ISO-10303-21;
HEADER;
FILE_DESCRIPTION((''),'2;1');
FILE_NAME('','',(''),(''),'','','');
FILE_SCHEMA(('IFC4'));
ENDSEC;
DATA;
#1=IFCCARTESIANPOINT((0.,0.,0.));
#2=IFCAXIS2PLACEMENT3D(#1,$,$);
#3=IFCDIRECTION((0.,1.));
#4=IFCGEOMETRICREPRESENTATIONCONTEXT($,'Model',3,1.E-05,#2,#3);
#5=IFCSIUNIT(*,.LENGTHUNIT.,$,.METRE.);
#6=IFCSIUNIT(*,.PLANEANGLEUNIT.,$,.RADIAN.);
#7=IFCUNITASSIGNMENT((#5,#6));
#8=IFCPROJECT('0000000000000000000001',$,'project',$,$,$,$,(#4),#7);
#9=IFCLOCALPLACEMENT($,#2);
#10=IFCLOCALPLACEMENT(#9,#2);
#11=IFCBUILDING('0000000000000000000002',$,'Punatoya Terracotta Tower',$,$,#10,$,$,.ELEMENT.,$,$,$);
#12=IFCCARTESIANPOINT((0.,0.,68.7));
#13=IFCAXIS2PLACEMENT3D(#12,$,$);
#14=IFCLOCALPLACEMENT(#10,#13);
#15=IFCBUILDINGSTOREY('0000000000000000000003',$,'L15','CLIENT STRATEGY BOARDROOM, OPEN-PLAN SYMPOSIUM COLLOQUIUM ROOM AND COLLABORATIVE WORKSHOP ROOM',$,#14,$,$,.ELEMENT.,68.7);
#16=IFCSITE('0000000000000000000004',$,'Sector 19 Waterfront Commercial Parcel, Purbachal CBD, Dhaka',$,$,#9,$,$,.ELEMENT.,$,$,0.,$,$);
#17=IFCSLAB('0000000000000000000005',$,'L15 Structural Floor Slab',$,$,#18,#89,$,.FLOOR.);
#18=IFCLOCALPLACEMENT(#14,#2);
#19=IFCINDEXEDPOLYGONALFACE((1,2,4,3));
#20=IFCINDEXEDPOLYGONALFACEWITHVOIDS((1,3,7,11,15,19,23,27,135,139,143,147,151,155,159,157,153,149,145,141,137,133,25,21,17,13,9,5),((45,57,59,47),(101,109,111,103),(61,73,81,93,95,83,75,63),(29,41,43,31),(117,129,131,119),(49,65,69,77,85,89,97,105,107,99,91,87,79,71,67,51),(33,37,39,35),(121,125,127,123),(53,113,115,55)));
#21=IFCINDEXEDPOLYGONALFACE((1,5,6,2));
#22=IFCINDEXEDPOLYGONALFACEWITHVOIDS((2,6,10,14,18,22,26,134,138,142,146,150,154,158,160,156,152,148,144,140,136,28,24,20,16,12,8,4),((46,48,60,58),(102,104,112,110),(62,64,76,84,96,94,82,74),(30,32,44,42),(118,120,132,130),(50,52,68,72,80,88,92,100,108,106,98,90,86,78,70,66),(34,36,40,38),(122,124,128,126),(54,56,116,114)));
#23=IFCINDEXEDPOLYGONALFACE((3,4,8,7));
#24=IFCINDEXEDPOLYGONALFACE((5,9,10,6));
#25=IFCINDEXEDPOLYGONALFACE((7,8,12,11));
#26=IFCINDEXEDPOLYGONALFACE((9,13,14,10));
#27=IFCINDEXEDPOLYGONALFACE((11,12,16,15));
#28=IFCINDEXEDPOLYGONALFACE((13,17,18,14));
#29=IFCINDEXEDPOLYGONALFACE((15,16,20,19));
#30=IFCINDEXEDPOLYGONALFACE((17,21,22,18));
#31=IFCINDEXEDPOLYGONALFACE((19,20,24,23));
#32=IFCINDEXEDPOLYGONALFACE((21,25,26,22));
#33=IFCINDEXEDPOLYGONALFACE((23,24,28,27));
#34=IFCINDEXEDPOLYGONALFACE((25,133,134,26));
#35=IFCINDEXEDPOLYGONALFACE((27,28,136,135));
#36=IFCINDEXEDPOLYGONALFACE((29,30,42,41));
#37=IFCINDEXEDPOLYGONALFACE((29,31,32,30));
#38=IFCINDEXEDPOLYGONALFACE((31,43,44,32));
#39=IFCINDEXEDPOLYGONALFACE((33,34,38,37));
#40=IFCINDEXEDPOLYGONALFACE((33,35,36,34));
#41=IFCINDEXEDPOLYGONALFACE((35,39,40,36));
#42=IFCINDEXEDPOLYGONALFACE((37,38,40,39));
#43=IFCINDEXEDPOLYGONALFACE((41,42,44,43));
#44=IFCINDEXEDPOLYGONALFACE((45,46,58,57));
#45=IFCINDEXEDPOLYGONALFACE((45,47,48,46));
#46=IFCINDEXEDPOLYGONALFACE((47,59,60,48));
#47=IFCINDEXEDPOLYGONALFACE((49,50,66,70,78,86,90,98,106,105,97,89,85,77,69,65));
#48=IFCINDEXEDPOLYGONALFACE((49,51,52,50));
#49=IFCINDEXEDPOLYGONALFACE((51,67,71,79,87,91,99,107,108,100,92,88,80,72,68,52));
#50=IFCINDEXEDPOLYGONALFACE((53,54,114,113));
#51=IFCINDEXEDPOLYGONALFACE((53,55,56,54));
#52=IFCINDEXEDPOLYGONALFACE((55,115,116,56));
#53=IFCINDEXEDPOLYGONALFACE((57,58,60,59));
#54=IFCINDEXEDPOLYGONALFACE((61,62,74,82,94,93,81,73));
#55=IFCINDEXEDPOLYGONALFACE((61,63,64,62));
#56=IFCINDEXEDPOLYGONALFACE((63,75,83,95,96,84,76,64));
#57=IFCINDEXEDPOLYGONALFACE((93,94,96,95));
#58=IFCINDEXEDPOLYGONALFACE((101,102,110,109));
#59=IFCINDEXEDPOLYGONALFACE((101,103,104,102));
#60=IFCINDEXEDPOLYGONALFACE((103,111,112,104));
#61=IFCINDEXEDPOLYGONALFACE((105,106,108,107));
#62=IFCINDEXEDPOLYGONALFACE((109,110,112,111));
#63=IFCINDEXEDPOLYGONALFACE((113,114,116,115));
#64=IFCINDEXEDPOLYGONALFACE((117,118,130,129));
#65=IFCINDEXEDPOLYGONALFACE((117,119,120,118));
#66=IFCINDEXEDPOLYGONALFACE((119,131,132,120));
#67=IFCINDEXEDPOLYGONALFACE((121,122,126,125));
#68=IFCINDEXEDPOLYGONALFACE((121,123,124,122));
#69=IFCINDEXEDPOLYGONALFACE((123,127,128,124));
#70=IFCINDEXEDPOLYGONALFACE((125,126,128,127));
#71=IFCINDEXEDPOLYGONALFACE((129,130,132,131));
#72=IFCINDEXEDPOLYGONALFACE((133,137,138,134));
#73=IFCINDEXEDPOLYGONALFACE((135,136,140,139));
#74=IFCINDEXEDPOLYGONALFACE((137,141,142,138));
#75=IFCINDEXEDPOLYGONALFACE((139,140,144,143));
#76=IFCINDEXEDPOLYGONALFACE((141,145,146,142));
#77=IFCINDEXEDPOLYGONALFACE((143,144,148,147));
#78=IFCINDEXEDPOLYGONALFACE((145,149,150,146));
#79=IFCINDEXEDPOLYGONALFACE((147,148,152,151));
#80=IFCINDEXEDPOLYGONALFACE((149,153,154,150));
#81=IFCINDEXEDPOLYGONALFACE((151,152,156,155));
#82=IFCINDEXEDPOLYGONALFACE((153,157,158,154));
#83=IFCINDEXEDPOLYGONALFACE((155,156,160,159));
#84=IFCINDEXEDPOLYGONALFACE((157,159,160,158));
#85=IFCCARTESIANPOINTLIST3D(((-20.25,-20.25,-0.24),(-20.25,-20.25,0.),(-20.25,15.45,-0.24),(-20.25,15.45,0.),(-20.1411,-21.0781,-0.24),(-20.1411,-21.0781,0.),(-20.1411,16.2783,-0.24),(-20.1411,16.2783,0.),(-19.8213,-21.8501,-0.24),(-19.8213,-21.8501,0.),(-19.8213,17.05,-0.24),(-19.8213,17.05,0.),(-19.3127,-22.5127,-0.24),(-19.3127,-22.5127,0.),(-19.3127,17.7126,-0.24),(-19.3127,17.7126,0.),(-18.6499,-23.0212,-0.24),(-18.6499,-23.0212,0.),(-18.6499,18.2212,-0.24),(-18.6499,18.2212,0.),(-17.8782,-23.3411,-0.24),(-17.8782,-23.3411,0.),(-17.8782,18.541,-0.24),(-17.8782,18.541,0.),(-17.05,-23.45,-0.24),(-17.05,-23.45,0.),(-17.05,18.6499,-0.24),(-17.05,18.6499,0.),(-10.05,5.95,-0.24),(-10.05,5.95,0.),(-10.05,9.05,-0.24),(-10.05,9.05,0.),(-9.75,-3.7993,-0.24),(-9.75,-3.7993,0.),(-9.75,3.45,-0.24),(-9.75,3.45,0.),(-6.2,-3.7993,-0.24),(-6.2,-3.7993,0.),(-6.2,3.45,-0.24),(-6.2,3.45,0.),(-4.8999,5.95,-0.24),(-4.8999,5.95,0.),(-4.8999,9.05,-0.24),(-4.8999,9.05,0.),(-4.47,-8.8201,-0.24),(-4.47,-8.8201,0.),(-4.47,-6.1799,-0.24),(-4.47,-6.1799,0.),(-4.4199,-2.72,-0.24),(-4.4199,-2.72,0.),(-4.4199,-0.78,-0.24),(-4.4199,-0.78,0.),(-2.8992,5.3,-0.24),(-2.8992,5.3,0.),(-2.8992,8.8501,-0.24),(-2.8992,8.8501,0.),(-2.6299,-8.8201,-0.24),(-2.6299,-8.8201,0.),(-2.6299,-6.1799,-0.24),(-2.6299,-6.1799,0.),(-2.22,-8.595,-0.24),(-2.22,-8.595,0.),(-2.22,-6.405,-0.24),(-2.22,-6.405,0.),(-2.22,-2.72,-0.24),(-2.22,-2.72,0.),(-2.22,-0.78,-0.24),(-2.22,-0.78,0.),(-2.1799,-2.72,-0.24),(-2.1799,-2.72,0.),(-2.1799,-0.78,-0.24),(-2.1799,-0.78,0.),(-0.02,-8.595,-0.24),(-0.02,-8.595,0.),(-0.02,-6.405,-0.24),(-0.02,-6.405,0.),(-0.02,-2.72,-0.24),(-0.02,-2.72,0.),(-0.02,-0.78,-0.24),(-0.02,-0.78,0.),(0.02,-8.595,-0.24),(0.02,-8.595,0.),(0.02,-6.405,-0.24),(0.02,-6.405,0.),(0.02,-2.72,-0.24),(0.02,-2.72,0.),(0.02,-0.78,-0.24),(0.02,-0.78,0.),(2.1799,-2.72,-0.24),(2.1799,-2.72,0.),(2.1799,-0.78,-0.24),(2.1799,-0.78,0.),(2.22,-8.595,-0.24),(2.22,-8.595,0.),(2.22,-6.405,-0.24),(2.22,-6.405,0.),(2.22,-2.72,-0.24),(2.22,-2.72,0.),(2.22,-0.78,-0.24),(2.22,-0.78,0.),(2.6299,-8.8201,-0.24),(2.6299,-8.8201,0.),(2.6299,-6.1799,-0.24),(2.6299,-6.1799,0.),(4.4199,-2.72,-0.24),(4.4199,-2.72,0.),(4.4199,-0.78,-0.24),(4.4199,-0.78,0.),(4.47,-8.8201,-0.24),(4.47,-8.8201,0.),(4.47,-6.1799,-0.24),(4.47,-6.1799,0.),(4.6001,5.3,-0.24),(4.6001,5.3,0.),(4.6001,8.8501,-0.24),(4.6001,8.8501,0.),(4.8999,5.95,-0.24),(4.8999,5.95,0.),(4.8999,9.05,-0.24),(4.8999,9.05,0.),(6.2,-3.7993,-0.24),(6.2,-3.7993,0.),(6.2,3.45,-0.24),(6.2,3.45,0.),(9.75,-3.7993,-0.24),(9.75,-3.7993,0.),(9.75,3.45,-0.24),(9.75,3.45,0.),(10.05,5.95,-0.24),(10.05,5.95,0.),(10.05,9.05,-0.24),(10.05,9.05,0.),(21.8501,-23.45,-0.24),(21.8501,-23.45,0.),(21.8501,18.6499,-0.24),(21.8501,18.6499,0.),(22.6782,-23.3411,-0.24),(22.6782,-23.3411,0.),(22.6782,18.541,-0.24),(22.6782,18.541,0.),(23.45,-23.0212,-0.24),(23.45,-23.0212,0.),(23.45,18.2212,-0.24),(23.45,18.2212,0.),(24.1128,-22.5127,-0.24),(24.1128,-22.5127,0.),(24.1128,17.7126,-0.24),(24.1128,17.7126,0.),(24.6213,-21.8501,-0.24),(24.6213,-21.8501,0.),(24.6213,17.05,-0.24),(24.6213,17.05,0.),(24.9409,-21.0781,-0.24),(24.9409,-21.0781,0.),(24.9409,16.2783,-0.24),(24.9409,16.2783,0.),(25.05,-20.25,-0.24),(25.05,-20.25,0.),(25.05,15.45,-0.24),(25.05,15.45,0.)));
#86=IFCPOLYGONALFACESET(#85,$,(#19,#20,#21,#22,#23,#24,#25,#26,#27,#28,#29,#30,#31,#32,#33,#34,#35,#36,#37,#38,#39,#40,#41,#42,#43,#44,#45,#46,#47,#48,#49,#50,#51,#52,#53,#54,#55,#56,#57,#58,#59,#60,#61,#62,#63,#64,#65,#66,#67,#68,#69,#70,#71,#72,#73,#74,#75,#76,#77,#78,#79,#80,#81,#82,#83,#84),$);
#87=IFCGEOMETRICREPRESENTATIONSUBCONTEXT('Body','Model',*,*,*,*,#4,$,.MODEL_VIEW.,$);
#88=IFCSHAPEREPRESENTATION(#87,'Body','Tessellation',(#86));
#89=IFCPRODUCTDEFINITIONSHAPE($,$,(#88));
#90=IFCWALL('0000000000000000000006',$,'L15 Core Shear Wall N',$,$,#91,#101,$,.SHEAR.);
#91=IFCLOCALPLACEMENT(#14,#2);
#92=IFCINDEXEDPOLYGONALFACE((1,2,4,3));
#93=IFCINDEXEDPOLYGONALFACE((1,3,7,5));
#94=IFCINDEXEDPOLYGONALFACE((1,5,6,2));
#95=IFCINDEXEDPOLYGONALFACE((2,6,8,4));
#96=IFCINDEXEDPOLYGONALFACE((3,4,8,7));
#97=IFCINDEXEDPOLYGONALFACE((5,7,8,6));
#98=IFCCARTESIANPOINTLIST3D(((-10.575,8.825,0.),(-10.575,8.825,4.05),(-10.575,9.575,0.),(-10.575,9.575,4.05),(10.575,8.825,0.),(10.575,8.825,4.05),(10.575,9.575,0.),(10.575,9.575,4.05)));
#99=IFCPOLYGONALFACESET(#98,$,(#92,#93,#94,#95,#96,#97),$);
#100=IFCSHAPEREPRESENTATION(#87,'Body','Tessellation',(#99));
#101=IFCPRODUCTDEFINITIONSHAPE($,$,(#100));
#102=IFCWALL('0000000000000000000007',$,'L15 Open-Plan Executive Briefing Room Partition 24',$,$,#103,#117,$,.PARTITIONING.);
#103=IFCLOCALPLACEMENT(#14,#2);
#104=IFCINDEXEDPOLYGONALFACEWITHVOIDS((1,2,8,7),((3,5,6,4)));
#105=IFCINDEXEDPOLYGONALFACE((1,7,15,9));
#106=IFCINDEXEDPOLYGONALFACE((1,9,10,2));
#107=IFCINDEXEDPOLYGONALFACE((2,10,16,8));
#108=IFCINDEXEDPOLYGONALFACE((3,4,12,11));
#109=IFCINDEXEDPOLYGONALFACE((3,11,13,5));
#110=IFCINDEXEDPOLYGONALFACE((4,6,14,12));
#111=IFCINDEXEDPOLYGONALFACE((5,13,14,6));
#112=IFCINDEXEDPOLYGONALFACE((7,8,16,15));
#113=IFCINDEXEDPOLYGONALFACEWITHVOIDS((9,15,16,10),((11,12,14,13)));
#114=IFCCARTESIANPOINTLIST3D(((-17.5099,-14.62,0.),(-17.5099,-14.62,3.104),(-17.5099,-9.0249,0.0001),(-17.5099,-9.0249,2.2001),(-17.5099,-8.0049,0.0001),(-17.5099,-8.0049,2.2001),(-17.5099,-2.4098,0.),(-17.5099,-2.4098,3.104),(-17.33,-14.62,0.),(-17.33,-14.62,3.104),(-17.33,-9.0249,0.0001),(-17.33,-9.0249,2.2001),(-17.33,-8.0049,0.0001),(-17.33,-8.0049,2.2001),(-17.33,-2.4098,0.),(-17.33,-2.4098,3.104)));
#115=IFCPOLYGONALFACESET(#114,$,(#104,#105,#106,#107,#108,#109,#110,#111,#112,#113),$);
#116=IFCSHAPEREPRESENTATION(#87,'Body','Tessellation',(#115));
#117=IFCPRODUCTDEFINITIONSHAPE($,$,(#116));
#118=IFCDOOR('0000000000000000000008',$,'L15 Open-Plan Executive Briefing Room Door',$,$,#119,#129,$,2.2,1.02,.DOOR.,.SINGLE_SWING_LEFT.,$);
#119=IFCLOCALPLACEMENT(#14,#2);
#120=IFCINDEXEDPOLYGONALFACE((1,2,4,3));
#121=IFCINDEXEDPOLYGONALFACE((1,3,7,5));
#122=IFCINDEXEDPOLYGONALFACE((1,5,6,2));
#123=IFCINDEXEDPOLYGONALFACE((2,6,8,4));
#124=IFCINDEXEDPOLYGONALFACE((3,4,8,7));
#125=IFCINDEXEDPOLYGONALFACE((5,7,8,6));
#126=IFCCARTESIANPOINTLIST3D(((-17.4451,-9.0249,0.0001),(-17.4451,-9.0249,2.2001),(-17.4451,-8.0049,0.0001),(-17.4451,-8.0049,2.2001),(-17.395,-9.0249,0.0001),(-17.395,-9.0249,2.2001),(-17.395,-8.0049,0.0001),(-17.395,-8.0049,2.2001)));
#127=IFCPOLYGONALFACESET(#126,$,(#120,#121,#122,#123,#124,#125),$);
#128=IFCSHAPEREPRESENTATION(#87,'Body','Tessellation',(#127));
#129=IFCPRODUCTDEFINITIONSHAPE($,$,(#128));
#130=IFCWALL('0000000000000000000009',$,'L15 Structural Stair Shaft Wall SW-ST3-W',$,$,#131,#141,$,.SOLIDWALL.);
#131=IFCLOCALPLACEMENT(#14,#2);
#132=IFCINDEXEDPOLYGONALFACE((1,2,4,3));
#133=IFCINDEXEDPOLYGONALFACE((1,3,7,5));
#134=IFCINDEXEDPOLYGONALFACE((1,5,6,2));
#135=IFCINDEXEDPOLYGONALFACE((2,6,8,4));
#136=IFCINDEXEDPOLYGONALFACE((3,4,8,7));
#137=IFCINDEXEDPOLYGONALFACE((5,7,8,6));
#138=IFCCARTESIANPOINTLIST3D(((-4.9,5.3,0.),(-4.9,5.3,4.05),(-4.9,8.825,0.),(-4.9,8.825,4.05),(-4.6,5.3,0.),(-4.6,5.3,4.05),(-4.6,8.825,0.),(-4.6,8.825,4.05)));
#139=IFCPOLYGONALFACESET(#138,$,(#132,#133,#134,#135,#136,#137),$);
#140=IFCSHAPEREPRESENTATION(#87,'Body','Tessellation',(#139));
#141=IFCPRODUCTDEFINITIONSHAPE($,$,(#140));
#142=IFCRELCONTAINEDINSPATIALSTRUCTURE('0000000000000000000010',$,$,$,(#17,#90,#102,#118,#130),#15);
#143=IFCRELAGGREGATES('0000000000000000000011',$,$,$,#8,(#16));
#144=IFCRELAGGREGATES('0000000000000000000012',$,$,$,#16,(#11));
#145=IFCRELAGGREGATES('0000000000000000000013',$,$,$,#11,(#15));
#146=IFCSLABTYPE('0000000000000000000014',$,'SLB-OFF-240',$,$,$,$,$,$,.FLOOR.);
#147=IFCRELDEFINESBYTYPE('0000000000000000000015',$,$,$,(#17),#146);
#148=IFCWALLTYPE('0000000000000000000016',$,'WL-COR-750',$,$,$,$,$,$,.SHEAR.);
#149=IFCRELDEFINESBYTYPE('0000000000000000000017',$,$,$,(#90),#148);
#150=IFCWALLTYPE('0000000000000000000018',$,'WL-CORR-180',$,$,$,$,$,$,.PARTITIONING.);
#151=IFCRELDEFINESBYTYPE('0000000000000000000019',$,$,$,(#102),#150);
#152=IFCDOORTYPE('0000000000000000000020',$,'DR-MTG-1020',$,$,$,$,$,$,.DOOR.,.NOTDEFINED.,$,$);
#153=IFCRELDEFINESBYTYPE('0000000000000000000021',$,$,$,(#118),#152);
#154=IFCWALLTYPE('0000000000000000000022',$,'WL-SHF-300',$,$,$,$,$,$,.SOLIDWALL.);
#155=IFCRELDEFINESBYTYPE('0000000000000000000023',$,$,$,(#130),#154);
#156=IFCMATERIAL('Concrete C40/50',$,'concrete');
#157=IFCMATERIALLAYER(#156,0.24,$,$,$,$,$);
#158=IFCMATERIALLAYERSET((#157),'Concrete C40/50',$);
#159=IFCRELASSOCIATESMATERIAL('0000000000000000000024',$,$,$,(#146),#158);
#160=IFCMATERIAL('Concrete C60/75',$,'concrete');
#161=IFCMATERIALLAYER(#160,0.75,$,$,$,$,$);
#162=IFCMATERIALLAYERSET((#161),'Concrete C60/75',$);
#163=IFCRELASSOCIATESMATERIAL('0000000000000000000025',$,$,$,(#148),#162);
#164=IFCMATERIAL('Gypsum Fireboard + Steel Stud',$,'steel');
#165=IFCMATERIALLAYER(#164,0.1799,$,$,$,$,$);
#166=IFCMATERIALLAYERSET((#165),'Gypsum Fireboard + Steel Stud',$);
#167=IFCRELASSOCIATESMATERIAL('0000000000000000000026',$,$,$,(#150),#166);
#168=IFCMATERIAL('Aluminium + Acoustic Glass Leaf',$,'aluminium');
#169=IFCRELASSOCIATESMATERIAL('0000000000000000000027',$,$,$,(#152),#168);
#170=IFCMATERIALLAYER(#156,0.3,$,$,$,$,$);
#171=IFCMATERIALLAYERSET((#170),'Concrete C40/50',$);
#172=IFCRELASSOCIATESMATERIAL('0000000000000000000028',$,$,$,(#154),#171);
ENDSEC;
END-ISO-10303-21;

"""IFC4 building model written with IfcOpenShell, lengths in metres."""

from ifc_helpers import new_model, si_unit, direction, frame, frame_2d, origin, place, context, subcontext, project, spatial, polyline, rectangle, outline, extrude, material, layer, layer_set, type_object, element, fill, save


model = new_model("IFC4")

# Units and contexts
model_context = context("Model", 3, precision=1e-05, world=origin(), true_north=direction((0.0, 1.0)))
body_context = subcontext(model_context, "Body", "Model", "MODEL_VIEW")
ifc_project = project(units=[si_unit("LENGTHUNIT", "METRE"), si_unit("PLANEANGLEUNIT", "RADIAN")], contexts=[model_context])

# Site, building, storey
site_placement = place(None, origin())
site = spatial("IfcSite", under=ifc_project, at=site_placement, Name="Sector 19 Waterfront Commercial Parcel, Purbachal CBD, Dhaka", CompositionType="ELEMENT", RefElevation=0.0)
building_placement = place(site_placement, origin())
building = spatial("IfcBuilding", under=site, at=building_placement, Name="Punatoya Terracotta Tower", CompositionType="ELEMENT")
storey_placement = place(building_placement, frame((0.0, 0.0, 68.7)))
storey = spatial("IfcBuildingStorey", under=building, at=storey_placement, Name="L15", Description="CLIENT STRATEGY BOARDROOM, OPEN-PLAN SYMPOSIUM COLLOQUIUM ROOM AND COLLABORATIVE WORKSHOP ROOM", CompositionType="ELEMENT", Elevation=68.7)

# Shared definitions
ifc_material_1 = material(Name="Concrete C60/75", Category="concrete")

# Shared definitions
ifc_material_2 = material(Name="Concrete C40/50", Category="concrete")

# Slab
ifc_layer_1 = layer(ifc_material_2, 0.24)
ifc_layer_set_1 = layer_set([ifc_layer_1], Name="Concrete C40/50")
slab_type_1 = type_object("IfcSlabType", Name="SLB-OFF-240", PredefinedType="FLOOR", material=ifc_layer_set_1)
slab_1_placement = place(storey_placement, frame((0.0, 0.0, -0.24)))
element("IfcSlab", 1, at=slab_1_placement, inside=storey, type_object=slab_type_1, Name="L15 Structural Floor Slab", PredefinedType="FLOOR", context=body_context, shape_type="SweptSolid", body=[
    extrude(outline(polyline([(-17.05, -23.45), (-17.8782, -23.3411), (-18.6499, -23.0212), (-19.3127, -22.5127), (-19.8213, -21.8501), (-20.1411, -21.0781), (-20.25, -20.25), (-20.25, 15.45), (-20.1411, 16.2783), (-19.8213, 17.05), (-19.3127, 17.7126), (-18.6499, 18.2212), (-17.8782, 18.541), (-17.05, 18.6499), (21.8501, 18.6499), (22.6782, 18.541), (23.45, 18.2212), (24.1128, 17.7126), (24.6213, 17.05), (24.9409, 16.2783), (25.05, 15.45), (25.05, -20.25), (24.9409, -21.0781), (24.6213, -21.8501), (24.1128, -22.5127), (23.45, -23.0212), (22.6782, -23.3411), (21.8501, -23.45), (-17.05, -23.45)]), holes=[polyline([(-2.6299, -6.1799), (-4.47, -6.1799), (-4.47, -8.8201), (-2.6299, -8.8201), (-2.6299, -6.1799)]), polyline([(0.02, -8.595), (2.22, -8.595), (2.22, -6.405), (0.02, -6.405), (-0.02, -6.405), (-2.22, -6.405), (-2.22, -8.595), (-0.02, -8.595), (0.02, -8.595)]), polyline([(-2.22, -2.72), (-2.1799, -2.72), (-0.02, -2.72), (0.02, -2.72), (2.1799, -2.72), (2.22, -2.72), (4.4199, -2.72), (4.4199, -0.78), (2.22, -0.78), (2.1799, -0.78), (0.02, -0.78), (-0.02, -0.78), (-2.1799, -0.78), (-2.22, -0.78), (-4.4199, -0.78), (-4.4199, -2.72), (-2.22, -2.72)]), polyline([(-6.2, 3.45), (-9.75, 3.45), (-9.75, -3.7993), (-6.2, -3.7993), (-6.2, 3.45)]), polyline([(4.6001, 5.3), (4.6001, 8.8501), (-2.8992, 8.8501), (-2.8992, 5.3), (4.6001, 5.3)]), polyline([(-4.8999, 9.05), (-10.05, 9.05), (-10.05, 5.95), (-4.8999, 5.95), (-4.8999, 9.05)]), polyline([(4.47, -8.8201), (4.47, -6.1799), (2.6299, -6.1799), (2.6299, -8.8201), (4.47, -8.8201)]), polyline([(9.75, 3.45), (6.2, 3.45), (6.2, -3.7993), (9.75, -3.7993), (9.75, 3.45)]), polyline([(10.05, 5.95), (10.05, 9.05), (4.8999, 9.05), (4.8999, 5.95), (10.05, 5.95)])]), origin(), (0.0, 0.0, 1.0), 0.24),
])

# Wall
ifc_layer_2 = layer(ifc_material_1, 0.75)
ifc_layer_set_2 = layer_set([ifc_layer_2], Name="Concrete C60/75")
wall_type_1 = type_object("IfcWallType", Name="WL-COR-750", PredefinedType="SHEAR", material=ifc_layer_set_2)
wall_1_placement = place(storey_placement, frame((-10.575, 9.2, 0.0), z_axis=(0.0, 0.0, 1.0), x_axis=(1.0, 0.0, 0.0)))
element("IfcWall", 2, at=wall_1_placement, inside=storey, type_object=wall_type_1, Name="L15 Core Shear Wall N", PredefinedType="SHEAR", context=body_context, shape_type="SweptSolid", body=[
    extrude(rectangle(XDim=21.1499, YDim=0.75, at=frame_2d((10.575, 0.0))), origin(), (0.0, 0.0, 1.0), 4.05),
])

# Wall, opening, door
ifc_material_3 = material(Name="Gypsum Fireboard + Steel Stud", Category="steel")
ifc_layer_3 = layer(ifc_material_3, 0.1799)
ifc_layer_set_3 = layer_set([ifc_layer_3], Name="Gypsum Fireboard + Steel Stud")
wall_type_2 = type_object("IfcWallType", Name="WL-CORR-180", PredefinedType="PARTITIONING", material=ifc_layer_set_3)
wall_2_placement = place(storey_placement, frame((-17.4199, -2.4099, 0.0), z_axis=(0.0, 0.0, 1.0), x_axis=(0.0, -1.0, 0.0)))
wall_2 = element("IfcWall", 3, at=wall_2_placement, inside=storey, type_object=wall_type_2, Name="L15 Open-Plan Executive Briefing Room Partition 24", PredefinedType="PARTITIONING", context=body_context, shape_type="SweptSolid", body=[
    extrude(rectangle(XDim=12.2102, YDim=0.1799, at=frame_2d((6.105, 0.0))), origin(), (0.0, 0.0, 1.0), 3.104),
])
opening_1_placement = place(wall_2_placement, frame((5.595, 0.0, 0.0)))
opening_1 = element("IfcOpeningElement", 4, at=opening_1_placement, cuts=wall_2, PredefinedType="OPENING", context=body_context, shape_type="SweptSolid", body=[
    extrude(rectangle(XDim=1.02, YDim=2.2, at=frame_2d((0.51, 1.1001))), frame((0.0, 0.0999, 0.0), z_axis=(0.0, -1.0, 0.0), x_axis=(1.0, 0.0, 0.0)), (0.0, 0.0, 1.0), 0.2),
])
ifc_material_4 = material(Name="Aluminium + Acoustic Glass Leaf", Category="aluminium")
door_type_1 = type_object("IfcDoorType", Name="DR-MTG-1020", OperationType="NOTDEFINED", PredefinedType="DOOR", material=ifc_material_4)
door_1_placement = place(opening_1_placement, origin())
door_1 = element("IfcDoor", 5, at=door_1_placement, inside=storey, type_object=door_type_1, Name="L15 Open-Plan Executive Briefing Room Door", OperationType="SINGLE_SWING_LEFT", OverallHeight=2.2, OverallWidth=1.02, PredefinedType="DOOR", context=body_context, shape_type="SweptSolid", body=[
    extrude(rectangle(XDim=1.02, YDim=2.2, at=frame_2d((0.51, 1.1001))), frame((0.0, 0.0249, 0.0), z_axis=(0.0, -1.0, 0.0), x_axis=(1.0, 0.0, 0.0)), (0.0, 0.0, 1.0), 0.05),
])
fill(opening_1, door_1)

# Wall
ifc_layer_4 = layer(ifc_material_2, 0.3)
ifc_layer_set_4 = layer_set([ifc_layer_4], Name="Concrete C40/50")
wall_type_3 = type_object("IfcWallType", Name="WL-SHF-300", PredefinedType="SOLIDWALL", material=ifc_layer_set_4)
wall_3_placement = place(storey_placement, frame((-4.75, 5.3, 0.0), z_axis=(0.0, 0.0, 1.0), x_axis=(0.0, 1.0, 0.0)))
element("IfcWall", 6, at=wall_3_placement, inside=storey, type_object=wall_type_3, Name="L15 Structural Stair Shaft Wall SW-ST3-W", PredefinedType="SOLIDWALL", context=body_context, shape_type="SweptSolid", body=[
    extrude(rectangle(XDim=3.5249, YDim=0.3, at=frame_2d((1.7625, 0.0))), origin(), (0.0, 0.0, 1.0), 4.05),
])

save(model, "model.ifc")
